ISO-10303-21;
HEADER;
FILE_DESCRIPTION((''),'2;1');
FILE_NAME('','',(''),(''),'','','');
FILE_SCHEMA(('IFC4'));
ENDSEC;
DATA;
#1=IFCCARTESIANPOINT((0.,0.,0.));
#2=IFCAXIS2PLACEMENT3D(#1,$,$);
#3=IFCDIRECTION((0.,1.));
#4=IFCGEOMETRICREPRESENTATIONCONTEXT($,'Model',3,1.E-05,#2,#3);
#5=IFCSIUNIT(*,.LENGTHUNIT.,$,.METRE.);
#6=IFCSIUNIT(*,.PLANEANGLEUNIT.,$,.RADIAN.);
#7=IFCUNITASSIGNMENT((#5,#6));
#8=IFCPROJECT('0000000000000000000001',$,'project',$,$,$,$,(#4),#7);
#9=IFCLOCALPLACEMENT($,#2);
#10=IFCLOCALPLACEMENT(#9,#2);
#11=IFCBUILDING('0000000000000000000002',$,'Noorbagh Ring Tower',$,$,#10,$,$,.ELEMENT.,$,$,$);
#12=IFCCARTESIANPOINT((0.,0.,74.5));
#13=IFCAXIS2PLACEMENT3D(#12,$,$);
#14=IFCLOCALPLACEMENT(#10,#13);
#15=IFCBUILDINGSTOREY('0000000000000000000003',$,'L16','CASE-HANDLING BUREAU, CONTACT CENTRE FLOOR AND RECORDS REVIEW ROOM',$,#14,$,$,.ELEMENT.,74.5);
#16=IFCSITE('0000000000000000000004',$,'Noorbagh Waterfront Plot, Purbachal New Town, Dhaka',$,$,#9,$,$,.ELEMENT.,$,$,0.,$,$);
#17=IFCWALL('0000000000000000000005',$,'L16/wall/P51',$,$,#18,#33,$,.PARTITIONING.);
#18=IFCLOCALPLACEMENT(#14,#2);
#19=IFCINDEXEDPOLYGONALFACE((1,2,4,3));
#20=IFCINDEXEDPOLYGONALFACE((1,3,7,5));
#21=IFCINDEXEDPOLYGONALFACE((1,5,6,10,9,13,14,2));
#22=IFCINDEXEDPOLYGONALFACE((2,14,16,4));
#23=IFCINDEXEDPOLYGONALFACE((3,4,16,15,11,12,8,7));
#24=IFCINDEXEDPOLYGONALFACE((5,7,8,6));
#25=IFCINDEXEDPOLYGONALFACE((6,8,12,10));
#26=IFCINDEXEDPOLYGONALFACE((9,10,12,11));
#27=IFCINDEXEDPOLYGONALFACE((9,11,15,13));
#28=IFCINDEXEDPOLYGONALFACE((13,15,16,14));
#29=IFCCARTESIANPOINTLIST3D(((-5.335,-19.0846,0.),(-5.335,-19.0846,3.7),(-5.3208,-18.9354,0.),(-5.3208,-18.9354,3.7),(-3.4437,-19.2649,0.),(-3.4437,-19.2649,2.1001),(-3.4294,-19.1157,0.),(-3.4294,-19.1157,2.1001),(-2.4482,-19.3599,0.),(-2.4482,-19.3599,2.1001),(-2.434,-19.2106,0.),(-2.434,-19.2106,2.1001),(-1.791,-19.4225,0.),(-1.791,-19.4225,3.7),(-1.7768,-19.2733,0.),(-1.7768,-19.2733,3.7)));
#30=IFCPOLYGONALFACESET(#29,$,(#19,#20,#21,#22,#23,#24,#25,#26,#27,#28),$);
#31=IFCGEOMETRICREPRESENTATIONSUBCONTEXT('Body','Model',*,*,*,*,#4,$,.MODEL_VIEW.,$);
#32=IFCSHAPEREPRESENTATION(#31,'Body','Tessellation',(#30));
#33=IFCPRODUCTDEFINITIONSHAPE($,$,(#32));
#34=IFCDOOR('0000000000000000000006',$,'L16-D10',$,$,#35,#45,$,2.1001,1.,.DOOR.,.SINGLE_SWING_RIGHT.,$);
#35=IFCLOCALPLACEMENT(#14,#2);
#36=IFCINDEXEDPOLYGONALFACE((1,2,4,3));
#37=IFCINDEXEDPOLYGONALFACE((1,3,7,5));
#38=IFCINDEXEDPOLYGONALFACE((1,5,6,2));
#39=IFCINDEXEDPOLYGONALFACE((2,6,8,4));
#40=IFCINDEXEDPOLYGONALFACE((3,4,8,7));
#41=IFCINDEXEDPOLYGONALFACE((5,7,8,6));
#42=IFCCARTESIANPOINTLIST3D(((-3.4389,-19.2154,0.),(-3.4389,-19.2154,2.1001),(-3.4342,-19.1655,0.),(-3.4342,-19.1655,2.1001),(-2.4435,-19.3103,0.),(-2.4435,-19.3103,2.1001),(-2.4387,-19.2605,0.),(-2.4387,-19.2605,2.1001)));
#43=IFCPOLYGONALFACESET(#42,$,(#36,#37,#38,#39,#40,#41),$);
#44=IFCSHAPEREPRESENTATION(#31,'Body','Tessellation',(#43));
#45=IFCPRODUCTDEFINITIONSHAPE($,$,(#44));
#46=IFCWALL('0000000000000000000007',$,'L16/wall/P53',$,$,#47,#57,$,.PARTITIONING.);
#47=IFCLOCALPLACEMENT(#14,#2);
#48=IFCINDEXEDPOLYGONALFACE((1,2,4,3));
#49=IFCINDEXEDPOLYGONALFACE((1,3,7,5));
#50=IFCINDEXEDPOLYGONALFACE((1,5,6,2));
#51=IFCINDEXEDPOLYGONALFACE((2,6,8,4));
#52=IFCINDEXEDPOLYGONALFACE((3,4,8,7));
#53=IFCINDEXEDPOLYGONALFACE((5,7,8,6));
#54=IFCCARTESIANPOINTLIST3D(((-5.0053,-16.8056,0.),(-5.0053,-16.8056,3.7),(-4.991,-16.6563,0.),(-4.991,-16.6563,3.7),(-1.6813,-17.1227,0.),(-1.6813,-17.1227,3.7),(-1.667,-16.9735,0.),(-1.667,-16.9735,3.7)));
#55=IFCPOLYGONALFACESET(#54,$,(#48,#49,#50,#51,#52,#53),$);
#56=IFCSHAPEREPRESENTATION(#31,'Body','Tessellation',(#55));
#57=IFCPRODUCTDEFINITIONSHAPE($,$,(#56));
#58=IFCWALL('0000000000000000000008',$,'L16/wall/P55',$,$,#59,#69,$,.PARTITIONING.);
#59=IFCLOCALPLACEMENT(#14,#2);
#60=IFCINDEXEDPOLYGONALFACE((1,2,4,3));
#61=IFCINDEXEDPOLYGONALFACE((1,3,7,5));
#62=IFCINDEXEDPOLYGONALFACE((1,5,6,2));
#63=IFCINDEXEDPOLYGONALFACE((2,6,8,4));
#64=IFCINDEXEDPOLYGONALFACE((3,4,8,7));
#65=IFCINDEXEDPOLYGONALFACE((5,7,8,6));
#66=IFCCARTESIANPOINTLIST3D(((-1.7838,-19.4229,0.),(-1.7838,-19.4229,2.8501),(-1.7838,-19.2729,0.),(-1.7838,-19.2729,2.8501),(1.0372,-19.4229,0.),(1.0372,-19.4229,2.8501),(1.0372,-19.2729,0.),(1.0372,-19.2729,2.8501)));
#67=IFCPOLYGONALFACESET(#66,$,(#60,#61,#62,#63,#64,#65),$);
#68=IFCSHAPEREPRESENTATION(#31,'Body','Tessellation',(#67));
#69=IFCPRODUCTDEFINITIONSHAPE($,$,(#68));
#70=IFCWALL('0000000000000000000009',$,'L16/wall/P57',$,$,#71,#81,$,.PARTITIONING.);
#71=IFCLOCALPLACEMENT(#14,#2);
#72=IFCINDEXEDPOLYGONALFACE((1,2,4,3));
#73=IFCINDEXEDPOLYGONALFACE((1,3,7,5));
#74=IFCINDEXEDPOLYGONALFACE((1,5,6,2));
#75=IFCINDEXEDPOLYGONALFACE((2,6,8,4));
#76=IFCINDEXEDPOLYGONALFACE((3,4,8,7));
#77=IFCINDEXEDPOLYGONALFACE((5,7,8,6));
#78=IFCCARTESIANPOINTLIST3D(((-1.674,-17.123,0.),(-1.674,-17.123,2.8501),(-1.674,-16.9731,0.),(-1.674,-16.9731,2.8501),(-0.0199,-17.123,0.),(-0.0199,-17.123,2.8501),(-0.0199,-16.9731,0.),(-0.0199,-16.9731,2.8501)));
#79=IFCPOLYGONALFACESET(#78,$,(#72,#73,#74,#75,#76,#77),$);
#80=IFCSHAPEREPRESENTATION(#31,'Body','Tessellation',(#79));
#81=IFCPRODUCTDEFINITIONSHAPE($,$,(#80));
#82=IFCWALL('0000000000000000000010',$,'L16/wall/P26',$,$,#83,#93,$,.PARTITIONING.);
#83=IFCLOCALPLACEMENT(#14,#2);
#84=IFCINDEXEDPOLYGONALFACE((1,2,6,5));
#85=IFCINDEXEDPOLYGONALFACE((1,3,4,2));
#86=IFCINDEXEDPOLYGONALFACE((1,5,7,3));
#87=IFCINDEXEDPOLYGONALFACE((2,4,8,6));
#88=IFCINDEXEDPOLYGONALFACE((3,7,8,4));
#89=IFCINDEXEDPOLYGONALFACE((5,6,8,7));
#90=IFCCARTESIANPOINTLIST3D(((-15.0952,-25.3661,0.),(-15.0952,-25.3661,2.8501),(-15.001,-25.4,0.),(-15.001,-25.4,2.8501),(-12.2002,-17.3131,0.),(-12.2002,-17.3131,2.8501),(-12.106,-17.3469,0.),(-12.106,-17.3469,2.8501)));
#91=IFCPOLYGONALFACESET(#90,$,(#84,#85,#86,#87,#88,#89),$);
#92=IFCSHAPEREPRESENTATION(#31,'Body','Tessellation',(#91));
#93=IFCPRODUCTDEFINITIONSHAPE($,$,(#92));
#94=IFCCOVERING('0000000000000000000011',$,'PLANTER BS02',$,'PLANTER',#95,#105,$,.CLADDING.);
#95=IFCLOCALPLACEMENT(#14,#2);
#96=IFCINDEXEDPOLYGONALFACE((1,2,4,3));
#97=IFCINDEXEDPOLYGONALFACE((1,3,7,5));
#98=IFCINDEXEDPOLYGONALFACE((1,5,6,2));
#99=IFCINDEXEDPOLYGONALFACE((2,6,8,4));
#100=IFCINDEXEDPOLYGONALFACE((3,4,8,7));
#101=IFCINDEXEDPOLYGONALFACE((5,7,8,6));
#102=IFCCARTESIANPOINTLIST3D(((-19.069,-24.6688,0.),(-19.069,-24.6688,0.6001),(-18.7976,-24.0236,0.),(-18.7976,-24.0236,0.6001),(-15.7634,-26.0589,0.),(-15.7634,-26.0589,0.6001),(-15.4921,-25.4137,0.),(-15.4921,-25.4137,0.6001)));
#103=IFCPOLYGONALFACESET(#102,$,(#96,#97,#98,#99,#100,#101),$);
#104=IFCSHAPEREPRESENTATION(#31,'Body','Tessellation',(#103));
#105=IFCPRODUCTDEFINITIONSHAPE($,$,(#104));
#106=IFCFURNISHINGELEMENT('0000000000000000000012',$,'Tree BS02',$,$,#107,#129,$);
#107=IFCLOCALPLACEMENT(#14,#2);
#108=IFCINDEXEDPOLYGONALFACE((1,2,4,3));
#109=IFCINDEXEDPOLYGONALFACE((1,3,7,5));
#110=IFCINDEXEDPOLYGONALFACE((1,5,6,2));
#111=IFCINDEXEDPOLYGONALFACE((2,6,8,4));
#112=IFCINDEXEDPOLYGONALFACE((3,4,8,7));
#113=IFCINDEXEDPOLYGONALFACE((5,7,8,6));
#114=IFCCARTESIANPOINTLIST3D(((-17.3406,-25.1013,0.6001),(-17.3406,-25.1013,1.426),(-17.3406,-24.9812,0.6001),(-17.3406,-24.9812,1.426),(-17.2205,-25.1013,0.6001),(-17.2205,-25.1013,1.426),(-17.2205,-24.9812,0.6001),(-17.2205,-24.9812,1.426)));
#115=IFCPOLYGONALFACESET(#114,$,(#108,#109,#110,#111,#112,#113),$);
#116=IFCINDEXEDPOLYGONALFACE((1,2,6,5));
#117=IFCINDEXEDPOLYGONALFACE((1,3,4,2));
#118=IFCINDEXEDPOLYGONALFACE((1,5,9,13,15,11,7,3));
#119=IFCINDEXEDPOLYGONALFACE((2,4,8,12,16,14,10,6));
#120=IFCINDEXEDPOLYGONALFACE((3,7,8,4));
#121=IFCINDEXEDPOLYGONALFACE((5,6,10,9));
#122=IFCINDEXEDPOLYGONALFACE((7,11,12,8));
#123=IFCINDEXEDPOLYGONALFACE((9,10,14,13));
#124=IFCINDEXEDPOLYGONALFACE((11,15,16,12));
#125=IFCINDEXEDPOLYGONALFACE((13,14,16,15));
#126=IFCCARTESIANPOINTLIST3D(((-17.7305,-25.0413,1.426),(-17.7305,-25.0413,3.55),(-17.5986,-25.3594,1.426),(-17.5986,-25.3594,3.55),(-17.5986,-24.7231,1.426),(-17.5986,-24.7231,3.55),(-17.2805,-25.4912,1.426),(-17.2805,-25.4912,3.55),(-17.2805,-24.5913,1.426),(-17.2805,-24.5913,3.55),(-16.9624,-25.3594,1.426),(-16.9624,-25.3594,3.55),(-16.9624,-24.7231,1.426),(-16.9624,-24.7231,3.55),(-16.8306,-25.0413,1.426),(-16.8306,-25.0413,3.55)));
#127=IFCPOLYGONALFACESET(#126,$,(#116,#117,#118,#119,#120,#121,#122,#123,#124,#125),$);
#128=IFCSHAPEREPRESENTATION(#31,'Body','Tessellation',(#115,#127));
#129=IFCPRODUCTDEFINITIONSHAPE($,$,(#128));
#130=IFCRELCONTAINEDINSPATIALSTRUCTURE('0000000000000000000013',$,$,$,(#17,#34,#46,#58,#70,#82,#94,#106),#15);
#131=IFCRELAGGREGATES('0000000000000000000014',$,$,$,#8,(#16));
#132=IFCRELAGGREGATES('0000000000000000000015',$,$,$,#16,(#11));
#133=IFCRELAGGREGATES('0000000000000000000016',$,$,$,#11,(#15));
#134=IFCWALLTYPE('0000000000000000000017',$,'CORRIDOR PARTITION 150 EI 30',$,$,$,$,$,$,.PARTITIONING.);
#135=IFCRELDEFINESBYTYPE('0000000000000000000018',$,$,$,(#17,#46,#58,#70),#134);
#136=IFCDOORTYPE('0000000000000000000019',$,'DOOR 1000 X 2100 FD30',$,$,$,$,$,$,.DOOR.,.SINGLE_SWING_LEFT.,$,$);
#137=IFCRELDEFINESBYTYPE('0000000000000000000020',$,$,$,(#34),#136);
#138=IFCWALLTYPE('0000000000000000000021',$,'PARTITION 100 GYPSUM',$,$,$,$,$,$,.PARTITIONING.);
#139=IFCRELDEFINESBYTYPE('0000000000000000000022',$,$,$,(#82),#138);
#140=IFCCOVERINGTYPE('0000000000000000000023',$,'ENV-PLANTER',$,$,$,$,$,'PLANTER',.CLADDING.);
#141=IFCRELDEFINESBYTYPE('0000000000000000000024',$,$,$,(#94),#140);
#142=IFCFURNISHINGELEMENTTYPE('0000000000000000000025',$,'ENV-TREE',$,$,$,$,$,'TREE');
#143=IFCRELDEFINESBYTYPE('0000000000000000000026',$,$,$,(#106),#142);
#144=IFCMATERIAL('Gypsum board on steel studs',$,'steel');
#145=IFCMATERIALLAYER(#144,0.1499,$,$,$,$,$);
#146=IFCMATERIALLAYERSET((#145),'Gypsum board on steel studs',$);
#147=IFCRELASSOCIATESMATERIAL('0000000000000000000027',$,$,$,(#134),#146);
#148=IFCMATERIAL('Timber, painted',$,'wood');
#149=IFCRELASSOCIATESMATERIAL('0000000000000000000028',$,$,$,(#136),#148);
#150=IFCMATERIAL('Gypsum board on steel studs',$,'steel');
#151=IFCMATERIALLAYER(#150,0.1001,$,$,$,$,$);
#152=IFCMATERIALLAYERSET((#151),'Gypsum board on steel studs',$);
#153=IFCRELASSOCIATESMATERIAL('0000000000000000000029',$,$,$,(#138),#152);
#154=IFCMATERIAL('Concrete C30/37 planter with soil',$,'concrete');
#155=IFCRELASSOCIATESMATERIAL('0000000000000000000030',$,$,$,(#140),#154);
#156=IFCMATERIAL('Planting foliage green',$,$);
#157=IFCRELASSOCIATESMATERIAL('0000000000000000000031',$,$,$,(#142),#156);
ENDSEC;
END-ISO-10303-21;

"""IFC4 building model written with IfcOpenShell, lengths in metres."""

from ifc_helpers import new_model, si_unit, direction, frame, frame_2d, origin, origin_2d, place, context, subcontext, project, spatial, polyline, rectangle, outline, extrude, material, layer, layer_set, type_object, element, fill, save


model = new_model("IFC4")

# Units and contexts
model_context = context("Model", 3, precision=1e-05, world=origin(), true_north=direction((0.0, 1.0)))
body_context = subcontext(model_context, "Body", "Model", "MODEL_VIEW")
ifc_project = project(units=[si_unit("LENGTHUNIT", "METRE"), si_unit("PLANEANGLEUNIT", "RADIAN")], contexts=[model_context])

# Site, building, storey
site_placement = place(None, origin())
site = spatial("IfcSite", under=ifc_project, at=site_placement, Name="Noorbagh Waterfront Plot, Purbachal New Town, Dhaka", CompositionType="ELEMENT", RefElevation=0.0)
building_placement = place(site_placement, origin())
building = spatial("IfcBuilding", under=site, at=building_placement, Name="Noorbagh Ring Tower", CompositionType="ELEMENT")
storey_placement = place(building_placement, frame((0.0, 0.0, 74.5)))
storey = spatial("IfcBuildingStorey", under=building, at=storey_placement, Name="L16", Description="CASE-HANDLING BUREAU, CONTACT CENTRE FLOOR AND RECORDS REVIEW ROOM", CompositionType="ELEMENT", Elevation=74.5)

# Shared definitions
ifc_material_1 = material(Name="Gypsum board on steel studs", Category="steel")
ifc_layer_1 = layer(ifc_material_1, 0.1499)
ifc_layer_set_1 = layer_set([ifc_layer_1], Name="Gypsum board on steel studs")
wall_type_1 = type_object("IfcWallType", Name="CORRIDOR PARTITION 150 EI 30", PredefinedType="PARTITIONING", material=ifc_layer_set_1)

# Wall, opening, door
wall_1_placement = place(storey_placement, frame((-5.3279, -19.01, 0.0), z_axis=(0.0, 0.0, 1.0), x_axis=(0.995486, -0.094913, 0.0)))
wall_1 = element("IfcWall", 1, at=wall_1_placement, inside=storey, type_object=wall_type_1, Name="L16/wall/P51", PredefinedType="PARTITIONING", context=body_context, shape_type="SweptSolid", body=[
    extrude(rectangle(XDim=3.5601, YDim=0.1499, at=frame_2d((1.78, 0.0))), origin(), (0.0, 0.0, 1.0), 3.7),
])
opening_placement = place(wall_1_placement, frame((1.8999, 0.0, 0.0)))
opening = element("IfcOpeningElement", 2, at=opening_placement, cuts=wall_1, PredefinedType="OPENING", context=body_context, shape_type="SweptSolid", body=[
    extrude(rectangle(XDim=1.0, YDim=2.1001, at=frame_2d((0.5, 1.05))), frame((0.0, 0.085, 0.0), z_axis=(0.0, -1.0, 0.0), x_axis=(1.0, 0.0, 0.0)), (0.0, 0.0, 1.0), 0.1699),
])
ifc_material_2 = material(Name="Timber, painted", Category="wood")
door_type = type_object("IfcDoorType", Name="DOOR 1000 X 2100 FD30", OperationType="SINGLE_SWING_LEFT", PredefinedType="DOOR", material=ifc_material_2)
door_placement = place(opening_placement, origin())
door = element("IfcDoor", 3, at=door_placement, inside=storey, type_object=door_type, Name="L16-D10", OperationType="SINGLE_SWING_RIGHT", OverallHeight=2.1001, OverallWidth=1.0, PredefinedType="DOOR", context=body_context, shape_type="SweptSolid", body=[
    extrude(rectangle(XDim=1.0, YDim=2.1001, at=frame_2d((0.5, 1.05))), frame((0.0, 0.0249, 0.0), z_axis=(0.0, -1.0, 0.0), x_axis=(1.0, 0.0, 0.0)), (0.0, 0.0, 1.0), 0.05),
])
fill(opening, door)

# Walls
wall_2_placement = place(storey_placement, frame((-4.998, -16.731, 0.0), z_axis=(0.0, 0.0, 1.0), x_axis=(0.995479, -0.094978, 0.0)))
element("IfcWall", 4, at=wall_2_placement, inside=storey, type_object=wall_type_1, Name="L16/wall/P53", PredefinedType="PARTITIONING", context=body_context, shape_type="SweptSolid", body=[
    extrude(rectangle(XDim=3.3391, YDim=0.1499, at=frame_2d((1.6694, 0.0))), origin(), (0.0, 0.0, 1.0), 3.7),
])
wall_3_placement = place(storey_placement, frame((-1.7839, -19.3479, 0.0), z_axis=(0.0, 0.0, 1.0), x_axis=(1.0, 0.0, 0.0)))
element("IfcWall", 5, at=wall_3_placement, inside=storey, type_object=wall_type_1, Name="L16/wall/P55", PredefinedType="PARTITIONING", context=body_context, shape_type="SweptSolid", body=[
    extrude(rectangle(XDim=2.821, YDim=0.1499, at=frame_2d((1.4106, 0.0))), origin(), (0.0, 0.0, 1.0), 2.8501),
])
wall_4_placement = place(storey_placement, frame((-1.6741, -17.0481, 0.0), z_axis=(0.0, 0.0, 1.0), x_axis=(1.0, 0.0, 0.0)))
element("IfcWall", 6, at=wall_4_placement, inside=storey, type_object=wall_type_1, Name="L16/wall/P57", PredefinedType="PARTITIONING", context=body_context, shape_type="SweptSolid", body=[
    extrude(rectangle(XDim=1.6541, YDim=0.1499, at=frame_2d((0.8271, 0.0))), origin(), (0.0, 0.0, 1.0), 2.8501),
])
ifc_material_3 = material(Name="Gypsum board on steel studs", Category="steel")
ifc_layer_2 = layer(ifc_material_3, 0.1001)
ifc_layer_set_2 = layer_set([ifc_layer_2], Name="Gypsum board on steel studs")
wall_type_2 = type_object("IfcWallType", Name="PARTITION 100 GYPSUM", PredefinedType="PARTITIONING", material=ifc_layer_set_2)
wall_5_placement = place(storey_placement, frame((-15.0481, -25.3831, 0.0), z_axis=(0.0, 0.0, 1.0), x_axis=(0.3383, 0.941038, 0.0)))
element("IfcWall", 7, at=wall_5_placement, inside=storey, type_object=wall_type_2, Name="L16/wall/P26", PredefinedType="PARTITIONING", context=body_context, shape_type="SweptSolid", body=[
    extrude(rectangle(XDim=8.5576, YDim=0.1001, at=frame_2d((4.2788, 0.0))), origin(), (0.0, 0.0, 1.0), 2.8501),
])

# Covering
ifc_material_4 = material(Name="Concrete C30/37 planter with soil", Category="concrete")
covering_type = type_object("IfcCoveringType", Name="ENV-PLANTER", ElementType="PLANTER", PredefinedType="CLADDING", material=ifc_material_4)
covering_placement = place(storey_placement, frame((-17.2805, -25.0413, 0.0), z_axis=(0.0, 0.0, 1.0), x_axis=(0.921812, -0.387638, 0.0)))
element("IfcCovering", 8, at=covering_placement, inside=storey, type_object=covering_type, Name="PLANTER BS02", ObjectType="PLANTER", PredefinedType="CLADDING", context=body_context, shape_type="SweptSolid", body=[
    extrude(rectangle(XDim=3.5859, YDim=0.7, at=origin_2d()), origin(), (0.0, 0.0, 1.0), 0.6001),
])

# Furnishing element
ifc_material_5 = material(Name="Planting foliage green")
furnishing_element_type = type_object("IfcFurnishingElementType", Name="ENV-TREE", ElementType="TREE", material=ifc_material_5)
furnishing_placement = place(storey_placement, frame((-17.2805, -25.0413, 0.6001), z_axis=(0.0, 0.0, 1.0), x_axis=(1.0, 0.0, 0.0)))
element("IfcFurnishingElement", 9, at=furnishing_placement, inside=storey, type_object=furnishing_element_type, Name="Tree BS02", context=body_context, shape_type="SweptSolid", body=[
    extrude(rectangle(XDim=0.1201, YDim=0.1201, at=origin_2d()), origin(), (0.0, 0.0, 1.0), 0.8259),
    extrude(outline(polyline([(0.45, 0.0), (0.3181, 0.3181), (0.0, 0.45), (-0.3181, 0.3181), (-0.45, 0.0), (-0.3181, -0.3181), (0.0, -0.45), (0.3181, -0.3181), (0.45, 0.0)])), frame((0.0, 0.0, 0.8259)), (0.0, 0.0, 1.0), 2.124),
])

save(model, "model.ifc")
